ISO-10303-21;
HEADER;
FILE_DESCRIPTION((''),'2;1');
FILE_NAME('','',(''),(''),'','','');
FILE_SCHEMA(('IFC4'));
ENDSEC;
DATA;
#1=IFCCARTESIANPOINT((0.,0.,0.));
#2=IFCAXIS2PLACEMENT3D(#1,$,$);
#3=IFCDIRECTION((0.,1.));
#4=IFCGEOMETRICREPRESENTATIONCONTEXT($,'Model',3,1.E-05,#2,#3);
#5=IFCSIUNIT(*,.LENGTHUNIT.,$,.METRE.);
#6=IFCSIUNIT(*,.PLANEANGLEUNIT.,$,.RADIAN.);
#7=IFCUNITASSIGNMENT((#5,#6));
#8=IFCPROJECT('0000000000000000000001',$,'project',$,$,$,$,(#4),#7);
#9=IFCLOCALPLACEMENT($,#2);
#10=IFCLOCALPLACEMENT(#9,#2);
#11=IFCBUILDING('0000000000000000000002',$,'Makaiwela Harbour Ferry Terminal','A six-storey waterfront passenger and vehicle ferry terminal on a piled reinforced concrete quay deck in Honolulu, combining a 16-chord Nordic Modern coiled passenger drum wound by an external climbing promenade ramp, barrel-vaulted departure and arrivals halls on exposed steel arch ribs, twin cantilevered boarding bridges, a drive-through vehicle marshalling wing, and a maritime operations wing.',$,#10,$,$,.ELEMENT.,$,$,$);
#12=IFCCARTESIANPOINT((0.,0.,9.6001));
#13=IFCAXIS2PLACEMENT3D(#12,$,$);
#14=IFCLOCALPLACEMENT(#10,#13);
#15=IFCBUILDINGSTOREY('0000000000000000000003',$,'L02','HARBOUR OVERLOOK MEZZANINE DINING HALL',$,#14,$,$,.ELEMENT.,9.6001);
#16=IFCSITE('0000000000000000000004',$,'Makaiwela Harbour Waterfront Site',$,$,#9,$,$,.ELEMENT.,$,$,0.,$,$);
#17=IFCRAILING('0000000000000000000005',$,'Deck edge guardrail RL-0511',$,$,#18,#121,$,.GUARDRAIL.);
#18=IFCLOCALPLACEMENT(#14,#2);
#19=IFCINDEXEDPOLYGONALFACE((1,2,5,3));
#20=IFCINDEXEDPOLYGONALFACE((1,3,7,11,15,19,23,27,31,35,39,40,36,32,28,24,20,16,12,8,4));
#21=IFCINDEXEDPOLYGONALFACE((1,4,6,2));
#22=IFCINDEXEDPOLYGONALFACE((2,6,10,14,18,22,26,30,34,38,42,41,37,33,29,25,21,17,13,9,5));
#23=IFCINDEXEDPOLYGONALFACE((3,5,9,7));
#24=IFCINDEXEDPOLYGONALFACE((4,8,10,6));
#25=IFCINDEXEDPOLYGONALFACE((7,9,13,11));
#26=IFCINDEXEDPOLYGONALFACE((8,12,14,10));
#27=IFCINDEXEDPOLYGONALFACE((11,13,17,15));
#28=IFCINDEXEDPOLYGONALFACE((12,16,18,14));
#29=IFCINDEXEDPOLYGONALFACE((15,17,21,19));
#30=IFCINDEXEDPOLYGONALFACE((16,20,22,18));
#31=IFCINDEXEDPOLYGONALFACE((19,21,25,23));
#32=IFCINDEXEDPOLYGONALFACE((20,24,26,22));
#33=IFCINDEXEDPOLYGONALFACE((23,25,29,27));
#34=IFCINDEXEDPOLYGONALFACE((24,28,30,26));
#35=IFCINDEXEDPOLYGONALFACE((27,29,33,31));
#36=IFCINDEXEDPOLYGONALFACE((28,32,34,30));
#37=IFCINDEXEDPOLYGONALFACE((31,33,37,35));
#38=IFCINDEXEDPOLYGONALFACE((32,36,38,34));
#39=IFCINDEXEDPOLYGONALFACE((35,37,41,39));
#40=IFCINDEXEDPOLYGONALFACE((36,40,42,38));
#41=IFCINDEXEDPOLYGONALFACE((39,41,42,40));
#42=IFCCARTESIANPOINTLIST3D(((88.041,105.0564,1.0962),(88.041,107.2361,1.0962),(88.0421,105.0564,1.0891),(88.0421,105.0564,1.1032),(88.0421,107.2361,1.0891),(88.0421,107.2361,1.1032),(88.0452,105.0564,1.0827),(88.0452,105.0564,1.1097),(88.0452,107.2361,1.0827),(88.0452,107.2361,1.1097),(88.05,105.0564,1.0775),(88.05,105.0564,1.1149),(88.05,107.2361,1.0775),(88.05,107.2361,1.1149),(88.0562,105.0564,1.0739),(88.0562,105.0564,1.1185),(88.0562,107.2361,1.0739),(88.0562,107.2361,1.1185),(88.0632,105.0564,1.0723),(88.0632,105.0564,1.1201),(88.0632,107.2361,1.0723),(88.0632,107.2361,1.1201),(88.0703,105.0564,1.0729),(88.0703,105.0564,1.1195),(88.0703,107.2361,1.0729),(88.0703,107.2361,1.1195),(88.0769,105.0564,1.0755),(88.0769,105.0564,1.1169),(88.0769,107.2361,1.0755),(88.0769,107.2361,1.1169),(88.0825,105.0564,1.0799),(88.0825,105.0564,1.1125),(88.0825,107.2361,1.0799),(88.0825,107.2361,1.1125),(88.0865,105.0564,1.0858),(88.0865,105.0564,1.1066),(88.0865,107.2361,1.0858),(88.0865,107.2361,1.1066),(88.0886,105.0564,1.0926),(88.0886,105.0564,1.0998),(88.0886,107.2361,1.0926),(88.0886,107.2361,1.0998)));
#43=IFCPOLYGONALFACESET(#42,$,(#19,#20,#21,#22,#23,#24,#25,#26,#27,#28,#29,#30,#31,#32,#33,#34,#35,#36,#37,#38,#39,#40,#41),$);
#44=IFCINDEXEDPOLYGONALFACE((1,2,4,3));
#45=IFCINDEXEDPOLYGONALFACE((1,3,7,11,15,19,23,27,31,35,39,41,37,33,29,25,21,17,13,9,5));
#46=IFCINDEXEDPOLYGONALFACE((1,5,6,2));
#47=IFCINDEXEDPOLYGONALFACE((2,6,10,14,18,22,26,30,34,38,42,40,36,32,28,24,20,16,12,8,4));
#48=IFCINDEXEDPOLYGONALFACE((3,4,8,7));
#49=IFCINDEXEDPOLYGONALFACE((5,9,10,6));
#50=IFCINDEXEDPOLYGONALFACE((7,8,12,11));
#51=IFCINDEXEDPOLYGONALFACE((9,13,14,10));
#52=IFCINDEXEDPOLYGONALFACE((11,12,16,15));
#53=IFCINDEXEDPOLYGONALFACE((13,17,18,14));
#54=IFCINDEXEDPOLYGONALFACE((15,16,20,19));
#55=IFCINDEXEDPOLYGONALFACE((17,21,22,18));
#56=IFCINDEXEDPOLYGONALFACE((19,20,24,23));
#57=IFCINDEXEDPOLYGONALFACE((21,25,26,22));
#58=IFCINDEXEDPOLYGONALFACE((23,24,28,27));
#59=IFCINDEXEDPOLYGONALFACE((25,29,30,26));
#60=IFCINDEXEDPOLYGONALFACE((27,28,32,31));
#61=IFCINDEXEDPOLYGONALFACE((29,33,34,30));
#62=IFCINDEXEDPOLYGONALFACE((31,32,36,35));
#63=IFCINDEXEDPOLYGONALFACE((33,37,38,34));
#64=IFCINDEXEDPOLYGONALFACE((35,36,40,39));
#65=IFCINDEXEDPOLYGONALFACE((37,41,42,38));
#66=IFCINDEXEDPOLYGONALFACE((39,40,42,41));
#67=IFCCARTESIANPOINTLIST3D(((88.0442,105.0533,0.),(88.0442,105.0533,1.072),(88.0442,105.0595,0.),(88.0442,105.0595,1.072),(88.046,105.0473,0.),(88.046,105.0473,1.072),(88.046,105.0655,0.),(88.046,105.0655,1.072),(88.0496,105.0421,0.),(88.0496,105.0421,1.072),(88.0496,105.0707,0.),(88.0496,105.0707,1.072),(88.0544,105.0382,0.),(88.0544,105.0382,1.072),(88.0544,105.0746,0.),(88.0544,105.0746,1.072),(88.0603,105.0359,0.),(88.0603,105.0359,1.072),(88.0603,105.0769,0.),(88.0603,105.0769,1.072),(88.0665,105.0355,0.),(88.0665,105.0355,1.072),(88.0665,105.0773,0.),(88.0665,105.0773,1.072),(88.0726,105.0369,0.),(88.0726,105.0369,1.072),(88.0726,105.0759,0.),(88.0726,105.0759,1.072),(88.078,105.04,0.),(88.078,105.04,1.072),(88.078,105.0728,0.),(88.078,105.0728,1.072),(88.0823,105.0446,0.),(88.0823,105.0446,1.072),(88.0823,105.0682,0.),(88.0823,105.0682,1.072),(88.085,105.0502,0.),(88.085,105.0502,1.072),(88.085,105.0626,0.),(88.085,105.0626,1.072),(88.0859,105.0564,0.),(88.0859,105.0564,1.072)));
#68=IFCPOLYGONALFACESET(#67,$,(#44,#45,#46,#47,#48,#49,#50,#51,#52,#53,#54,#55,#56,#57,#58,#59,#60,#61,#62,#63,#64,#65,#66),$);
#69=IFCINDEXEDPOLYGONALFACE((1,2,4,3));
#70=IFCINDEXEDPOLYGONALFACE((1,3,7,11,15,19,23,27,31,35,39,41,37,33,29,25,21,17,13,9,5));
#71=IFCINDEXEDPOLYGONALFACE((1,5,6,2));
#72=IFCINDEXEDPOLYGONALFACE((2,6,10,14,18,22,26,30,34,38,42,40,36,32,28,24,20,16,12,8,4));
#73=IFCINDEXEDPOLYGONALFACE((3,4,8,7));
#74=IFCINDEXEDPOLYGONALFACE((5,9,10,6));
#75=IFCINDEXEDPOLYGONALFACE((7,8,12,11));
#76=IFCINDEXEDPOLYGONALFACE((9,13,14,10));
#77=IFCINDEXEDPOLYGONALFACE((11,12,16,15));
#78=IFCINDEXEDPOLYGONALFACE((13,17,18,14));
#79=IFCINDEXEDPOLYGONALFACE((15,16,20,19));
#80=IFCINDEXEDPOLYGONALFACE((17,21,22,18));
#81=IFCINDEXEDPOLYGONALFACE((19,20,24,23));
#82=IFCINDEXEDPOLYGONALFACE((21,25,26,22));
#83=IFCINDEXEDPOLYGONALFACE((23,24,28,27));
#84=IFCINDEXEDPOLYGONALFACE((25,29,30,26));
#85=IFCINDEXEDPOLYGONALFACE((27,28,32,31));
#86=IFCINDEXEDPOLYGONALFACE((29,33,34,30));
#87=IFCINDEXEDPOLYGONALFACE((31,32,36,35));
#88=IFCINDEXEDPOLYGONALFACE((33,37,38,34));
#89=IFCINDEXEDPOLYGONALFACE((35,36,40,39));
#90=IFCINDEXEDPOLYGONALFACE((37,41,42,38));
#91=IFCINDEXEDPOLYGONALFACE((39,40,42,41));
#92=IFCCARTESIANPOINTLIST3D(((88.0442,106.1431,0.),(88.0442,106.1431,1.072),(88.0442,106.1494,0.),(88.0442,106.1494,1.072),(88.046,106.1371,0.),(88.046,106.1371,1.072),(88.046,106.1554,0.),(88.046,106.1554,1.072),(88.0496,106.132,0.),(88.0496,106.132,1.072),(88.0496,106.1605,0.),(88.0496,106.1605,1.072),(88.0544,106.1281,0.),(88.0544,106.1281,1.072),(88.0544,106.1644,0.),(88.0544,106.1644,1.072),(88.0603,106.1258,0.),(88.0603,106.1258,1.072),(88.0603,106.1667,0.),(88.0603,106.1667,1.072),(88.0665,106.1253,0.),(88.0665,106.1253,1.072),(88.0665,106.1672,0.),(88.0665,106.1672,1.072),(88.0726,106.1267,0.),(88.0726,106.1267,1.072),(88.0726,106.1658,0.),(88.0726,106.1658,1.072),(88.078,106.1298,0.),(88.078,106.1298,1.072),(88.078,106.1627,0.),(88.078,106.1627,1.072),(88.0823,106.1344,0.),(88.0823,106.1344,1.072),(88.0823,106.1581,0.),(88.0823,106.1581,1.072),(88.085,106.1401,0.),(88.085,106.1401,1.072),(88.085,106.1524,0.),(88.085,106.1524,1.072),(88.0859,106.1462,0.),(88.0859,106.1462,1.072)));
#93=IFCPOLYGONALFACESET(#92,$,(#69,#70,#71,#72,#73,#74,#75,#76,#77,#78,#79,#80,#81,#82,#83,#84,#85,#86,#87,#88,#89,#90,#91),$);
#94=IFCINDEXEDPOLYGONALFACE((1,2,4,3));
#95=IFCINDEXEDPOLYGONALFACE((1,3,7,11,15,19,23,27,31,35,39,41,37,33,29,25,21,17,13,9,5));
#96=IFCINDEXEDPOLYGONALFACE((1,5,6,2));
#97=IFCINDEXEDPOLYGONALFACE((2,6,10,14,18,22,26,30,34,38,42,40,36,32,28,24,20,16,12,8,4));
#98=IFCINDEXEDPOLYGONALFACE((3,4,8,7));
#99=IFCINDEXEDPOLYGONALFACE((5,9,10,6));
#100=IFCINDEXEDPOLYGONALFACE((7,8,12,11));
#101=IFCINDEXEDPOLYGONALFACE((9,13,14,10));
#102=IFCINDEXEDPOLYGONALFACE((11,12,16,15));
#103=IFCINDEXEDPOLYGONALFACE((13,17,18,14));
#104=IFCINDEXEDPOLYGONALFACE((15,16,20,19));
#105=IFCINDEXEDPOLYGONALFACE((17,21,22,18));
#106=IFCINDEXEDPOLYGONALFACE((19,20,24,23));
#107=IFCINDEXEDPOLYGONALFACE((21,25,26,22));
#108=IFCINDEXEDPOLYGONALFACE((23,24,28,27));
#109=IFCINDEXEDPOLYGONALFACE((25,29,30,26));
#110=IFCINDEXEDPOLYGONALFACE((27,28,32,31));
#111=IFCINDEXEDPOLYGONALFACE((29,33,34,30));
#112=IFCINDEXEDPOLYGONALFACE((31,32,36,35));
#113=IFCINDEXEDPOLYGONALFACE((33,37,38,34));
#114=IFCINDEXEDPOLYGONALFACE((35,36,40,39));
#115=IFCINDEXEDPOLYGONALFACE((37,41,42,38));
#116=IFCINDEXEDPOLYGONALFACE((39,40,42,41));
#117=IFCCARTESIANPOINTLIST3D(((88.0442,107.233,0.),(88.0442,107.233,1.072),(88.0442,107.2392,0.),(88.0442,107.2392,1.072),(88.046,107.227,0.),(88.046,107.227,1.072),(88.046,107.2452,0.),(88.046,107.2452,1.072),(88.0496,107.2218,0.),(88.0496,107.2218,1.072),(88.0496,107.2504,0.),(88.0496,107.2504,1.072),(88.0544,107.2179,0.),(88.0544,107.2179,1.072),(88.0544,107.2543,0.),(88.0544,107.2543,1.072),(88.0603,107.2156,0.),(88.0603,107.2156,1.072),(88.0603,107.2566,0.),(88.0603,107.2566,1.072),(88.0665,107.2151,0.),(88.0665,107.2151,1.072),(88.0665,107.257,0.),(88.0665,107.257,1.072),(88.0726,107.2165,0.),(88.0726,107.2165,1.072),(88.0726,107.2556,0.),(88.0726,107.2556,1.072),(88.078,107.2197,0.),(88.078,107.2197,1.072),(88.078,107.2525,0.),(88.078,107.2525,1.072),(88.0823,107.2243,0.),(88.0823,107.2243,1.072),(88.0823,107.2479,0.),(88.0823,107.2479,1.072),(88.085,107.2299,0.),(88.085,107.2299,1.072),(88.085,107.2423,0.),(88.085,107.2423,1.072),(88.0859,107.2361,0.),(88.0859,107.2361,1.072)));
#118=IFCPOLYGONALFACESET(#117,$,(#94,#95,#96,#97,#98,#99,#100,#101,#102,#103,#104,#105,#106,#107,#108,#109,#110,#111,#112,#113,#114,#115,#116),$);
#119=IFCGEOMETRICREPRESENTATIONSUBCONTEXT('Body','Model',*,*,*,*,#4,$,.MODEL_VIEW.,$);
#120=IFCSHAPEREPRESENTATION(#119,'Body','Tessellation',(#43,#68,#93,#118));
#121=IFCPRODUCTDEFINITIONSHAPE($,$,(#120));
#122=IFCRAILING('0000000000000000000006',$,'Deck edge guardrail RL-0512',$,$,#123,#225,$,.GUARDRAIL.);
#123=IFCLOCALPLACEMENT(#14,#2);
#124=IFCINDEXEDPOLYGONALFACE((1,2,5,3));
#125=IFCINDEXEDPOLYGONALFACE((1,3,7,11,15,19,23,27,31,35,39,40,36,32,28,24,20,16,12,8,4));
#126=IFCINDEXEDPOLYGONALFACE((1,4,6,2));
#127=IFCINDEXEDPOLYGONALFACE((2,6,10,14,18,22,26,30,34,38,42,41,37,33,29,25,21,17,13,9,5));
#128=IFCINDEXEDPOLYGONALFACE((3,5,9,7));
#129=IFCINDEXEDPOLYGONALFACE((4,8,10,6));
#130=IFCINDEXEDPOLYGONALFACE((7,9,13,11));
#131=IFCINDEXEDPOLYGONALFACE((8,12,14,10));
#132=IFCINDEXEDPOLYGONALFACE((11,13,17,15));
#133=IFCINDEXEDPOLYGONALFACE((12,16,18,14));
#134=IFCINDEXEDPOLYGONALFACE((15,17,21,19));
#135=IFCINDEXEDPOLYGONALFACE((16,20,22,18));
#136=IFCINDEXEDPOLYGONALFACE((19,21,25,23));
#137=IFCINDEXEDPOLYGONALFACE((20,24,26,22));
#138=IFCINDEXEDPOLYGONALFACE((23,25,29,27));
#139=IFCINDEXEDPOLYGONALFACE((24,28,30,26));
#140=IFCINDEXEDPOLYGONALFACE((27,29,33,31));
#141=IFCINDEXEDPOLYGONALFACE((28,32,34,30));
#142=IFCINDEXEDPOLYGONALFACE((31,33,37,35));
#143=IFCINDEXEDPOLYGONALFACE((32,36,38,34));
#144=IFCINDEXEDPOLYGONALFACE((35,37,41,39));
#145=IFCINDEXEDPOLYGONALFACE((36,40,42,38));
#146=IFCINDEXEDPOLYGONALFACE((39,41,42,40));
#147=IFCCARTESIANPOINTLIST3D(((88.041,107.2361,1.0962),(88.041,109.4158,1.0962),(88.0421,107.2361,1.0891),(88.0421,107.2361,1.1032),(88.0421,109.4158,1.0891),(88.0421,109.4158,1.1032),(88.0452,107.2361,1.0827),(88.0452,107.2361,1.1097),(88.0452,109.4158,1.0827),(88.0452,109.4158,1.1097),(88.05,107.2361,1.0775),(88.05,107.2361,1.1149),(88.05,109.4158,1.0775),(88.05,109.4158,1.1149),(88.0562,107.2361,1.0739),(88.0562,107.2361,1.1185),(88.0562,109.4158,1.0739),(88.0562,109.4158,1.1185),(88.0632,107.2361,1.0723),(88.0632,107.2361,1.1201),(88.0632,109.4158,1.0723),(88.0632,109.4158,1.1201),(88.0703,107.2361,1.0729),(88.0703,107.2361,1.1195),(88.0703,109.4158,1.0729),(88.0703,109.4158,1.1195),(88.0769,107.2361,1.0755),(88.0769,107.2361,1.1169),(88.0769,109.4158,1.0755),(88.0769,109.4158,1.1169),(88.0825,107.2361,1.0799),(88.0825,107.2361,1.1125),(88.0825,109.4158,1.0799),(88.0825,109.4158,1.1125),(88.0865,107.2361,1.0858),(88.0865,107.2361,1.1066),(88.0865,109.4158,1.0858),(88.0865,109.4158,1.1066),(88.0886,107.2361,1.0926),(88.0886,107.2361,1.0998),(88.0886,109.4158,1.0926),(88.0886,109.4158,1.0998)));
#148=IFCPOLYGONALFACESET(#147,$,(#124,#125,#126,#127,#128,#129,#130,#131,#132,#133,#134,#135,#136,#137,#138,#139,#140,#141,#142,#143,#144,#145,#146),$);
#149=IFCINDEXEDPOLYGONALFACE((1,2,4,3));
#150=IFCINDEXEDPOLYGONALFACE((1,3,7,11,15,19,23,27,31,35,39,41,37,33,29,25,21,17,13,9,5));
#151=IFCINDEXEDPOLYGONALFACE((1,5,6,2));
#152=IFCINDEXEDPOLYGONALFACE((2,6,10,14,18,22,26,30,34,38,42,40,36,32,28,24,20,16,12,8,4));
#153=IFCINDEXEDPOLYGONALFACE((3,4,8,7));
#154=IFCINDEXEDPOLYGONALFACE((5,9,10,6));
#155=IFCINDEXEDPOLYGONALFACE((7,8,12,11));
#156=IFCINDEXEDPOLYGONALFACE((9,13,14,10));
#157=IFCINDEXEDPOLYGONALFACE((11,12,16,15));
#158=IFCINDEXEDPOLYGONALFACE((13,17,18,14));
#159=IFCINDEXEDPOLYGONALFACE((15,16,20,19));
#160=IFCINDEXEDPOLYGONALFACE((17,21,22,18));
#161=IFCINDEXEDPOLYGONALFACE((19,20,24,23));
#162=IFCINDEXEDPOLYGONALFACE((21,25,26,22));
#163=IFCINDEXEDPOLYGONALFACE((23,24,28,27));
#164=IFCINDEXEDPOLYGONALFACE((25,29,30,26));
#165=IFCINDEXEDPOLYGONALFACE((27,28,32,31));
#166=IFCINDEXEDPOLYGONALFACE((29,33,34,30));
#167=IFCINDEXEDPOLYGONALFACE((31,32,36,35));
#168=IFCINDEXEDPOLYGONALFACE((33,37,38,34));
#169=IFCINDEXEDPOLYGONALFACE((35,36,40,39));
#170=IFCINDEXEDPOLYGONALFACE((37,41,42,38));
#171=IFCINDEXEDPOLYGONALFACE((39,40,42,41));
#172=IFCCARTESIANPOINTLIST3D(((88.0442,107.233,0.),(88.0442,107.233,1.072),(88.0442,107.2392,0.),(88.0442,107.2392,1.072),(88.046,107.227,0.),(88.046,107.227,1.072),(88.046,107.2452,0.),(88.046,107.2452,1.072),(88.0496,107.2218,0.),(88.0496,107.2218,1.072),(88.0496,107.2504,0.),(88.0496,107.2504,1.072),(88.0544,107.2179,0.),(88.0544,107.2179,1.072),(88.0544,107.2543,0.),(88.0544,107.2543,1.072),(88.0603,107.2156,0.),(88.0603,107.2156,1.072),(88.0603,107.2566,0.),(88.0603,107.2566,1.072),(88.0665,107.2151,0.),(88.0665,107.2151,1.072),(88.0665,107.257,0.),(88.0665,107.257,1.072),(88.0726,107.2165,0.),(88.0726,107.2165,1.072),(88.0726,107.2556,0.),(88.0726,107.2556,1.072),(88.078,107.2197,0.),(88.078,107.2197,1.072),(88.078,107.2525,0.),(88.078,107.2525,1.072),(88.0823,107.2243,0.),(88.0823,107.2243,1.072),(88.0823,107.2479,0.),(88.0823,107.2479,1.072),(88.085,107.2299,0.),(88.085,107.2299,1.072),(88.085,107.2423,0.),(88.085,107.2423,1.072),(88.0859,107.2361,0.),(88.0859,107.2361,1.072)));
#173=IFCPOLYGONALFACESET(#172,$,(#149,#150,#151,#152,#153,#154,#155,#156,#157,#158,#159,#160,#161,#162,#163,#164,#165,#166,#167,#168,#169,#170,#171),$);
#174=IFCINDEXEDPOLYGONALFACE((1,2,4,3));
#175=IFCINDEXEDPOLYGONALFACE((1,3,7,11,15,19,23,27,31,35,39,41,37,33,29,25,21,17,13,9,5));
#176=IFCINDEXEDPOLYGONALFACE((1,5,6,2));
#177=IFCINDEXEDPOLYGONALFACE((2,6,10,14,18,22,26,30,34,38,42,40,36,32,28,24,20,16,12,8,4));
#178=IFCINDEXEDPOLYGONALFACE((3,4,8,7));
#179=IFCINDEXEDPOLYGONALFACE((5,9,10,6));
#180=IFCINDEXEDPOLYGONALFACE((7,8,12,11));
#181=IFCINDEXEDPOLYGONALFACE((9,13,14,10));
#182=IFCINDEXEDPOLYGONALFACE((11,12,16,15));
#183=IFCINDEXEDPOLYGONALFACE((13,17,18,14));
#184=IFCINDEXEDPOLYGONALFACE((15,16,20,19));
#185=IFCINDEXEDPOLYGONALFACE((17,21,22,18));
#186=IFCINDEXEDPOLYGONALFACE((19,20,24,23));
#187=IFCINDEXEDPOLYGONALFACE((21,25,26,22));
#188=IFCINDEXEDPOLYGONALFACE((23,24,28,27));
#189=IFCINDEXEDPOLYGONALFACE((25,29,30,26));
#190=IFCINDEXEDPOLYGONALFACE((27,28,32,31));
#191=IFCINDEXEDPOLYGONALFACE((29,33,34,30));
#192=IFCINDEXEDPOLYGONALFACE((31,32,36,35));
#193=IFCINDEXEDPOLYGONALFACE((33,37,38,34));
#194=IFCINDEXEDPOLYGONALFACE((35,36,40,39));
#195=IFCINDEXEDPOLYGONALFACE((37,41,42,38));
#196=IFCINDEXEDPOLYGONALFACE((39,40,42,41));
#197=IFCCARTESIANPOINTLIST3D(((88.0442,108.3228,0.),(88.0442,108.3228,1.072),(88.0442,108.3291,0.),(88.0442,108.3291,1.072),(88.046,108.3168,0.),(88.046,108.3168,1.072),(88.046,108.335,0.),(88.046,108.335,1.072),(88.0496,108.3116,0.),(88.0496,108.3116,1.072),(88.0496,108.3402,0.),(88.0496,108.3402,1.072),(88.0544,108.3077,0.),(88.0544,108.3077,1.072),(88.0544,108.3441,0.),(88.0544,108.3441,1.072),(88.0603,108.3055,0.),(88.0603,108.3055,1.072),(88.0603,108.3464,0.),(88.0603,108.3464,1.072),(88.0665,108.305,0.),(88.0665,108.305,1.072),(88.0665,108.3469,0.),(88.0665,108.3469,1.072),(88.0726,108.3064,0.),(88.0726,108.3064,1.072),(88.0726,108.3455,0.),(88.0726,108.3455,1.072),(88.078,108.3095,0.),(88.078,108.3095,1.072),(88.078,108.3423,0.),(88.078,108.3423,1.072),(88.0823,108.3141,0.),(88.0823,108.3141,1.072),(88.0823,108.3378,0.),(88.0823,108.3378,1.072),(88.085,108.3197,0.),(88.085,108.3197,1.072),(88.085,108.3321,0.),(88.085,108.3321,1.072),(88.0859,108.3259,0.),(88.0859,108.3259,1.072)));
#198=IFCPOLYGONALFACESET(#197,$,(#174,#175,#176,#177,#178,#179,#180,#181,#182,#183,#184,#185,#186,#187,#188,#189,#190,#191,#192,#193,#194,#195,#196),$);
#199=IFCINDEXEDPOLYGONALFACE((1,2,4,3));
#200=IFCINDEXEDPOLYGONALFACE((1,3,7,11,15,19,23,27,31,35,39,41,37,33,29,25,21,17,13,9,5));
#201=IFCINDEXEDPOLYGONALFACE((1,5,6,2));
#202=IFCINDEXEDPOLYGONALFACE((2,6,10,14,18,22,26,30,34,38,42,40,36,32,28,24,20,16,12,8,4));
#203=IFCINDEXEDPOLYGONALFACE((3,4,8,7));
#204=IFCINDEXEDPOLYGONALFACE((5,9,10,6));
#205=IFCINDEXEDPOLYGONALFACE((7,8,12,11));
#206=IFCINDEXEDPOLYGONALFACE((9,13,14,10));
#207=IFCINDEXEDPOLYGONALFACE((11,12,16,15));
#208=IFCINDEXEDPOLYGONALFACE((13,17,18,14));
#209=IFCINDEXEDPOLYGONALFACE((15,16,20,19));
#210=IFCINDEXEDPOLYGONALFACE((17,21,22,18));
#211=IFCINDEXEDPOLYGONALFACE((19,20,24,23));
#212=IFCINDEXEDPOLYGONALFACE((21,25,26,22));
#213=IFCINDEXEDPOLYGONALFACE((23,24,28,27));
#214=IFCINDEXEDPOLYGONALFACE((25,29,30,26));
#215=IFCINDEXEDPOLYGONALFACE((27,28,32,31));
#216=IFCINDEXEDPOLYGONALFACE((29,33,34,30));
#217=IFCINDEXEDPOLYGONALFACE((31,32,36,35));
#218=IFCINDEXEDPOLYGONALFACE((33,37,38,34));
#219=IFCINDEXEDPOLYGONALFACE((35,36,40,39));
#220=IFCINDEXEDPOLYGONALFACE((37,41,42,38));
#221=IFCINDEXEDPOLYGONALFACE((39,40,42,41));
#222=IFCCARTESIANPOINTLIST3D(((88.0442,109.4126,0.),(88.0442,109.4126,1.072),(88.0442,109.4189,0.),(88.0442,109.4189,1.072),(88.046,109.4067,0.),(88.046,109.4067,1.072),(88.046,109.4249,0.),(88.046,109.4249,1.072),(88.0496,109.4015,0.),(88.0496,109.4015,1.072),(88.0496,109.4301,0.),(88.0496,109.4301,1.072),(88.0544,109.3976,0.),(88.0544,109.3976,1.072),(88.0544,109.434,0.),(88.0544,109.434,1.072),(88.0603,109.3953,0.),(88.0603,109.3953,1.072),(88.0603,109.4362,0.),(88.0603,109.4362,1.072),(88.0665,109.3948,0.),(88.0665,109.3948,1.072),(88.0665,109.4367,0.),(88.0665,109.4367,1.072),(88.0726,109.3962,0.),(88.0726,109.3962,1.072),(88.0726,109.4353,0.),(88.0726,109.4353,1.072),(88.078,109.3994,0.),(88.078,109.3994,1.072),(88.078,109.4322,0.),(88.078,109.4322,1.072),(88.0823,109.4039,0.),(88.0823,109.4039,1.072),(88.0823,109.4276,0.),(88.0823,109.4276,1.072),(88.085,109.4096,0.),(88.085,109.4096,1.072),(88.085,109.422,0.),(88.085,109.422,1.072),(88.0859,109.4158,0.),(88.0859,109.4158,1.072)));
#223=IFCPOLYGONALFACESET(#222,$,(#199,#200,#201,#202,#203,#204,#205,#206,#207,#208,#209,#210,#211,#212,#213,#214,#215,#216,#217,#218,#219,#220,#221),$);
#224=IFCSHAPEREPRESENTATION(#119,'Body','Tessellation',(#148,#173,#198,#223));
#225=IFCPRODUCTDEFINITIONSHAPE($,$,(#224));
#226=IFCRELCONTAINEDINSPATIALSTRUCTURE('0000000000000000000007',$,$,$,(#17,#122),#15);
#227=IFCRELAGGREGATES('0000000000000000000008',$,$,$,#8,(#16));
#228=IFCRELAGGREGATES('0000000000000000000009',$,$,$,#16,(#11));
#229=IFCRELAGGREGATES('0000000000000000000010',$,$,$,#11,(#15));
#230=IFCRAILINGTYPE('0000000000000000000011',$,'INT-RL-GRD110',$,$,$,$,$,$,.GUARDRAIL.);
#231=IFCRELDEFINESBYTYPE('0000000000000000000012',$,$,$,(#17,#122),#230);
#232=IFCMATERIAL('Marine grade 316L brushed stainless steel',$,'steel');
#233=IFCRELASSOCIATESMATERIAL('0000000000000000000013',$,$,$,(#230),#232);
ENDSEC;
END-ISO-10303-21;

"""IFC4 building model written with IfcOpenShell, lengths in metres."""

from ifc_helpers import new_model, si_unit, direction, frame, origin, origin_2d, place, context, subcontext, project, spatial, circle, extrude, material, type_object, element, save


model = new_model("IFC4")

# Units and contexts
model_context = context("Model", 3, precision=1e-05, world=origin(), true_north=direction((0.0, 1.0)))
body_context = subcontext(model_context, "Body", "Model", "MODEL_VIEW")
ifc_project = project(units=[si_unit("LENGTHUNIT", "METRE"), si_unit("PLANEANGLEUNIT", "RADIAN")], contexts=[model_context])

# Site, building, storey
site_placement = place(None, origin())
site = spatial("IfcSite", under=ifc_project, at=site_placement, Name="Makaiwela Harbour Waterfront Site", CompositionType="ELEMENT", RefElevation=0.0)
building_placement = place(site_placement, origin())
building = spatial("IfcBuilding", under=site, at=building_placement, Name="Makaiwela Harbour Ferry Terminal", Description="A six-storey waterfront passenger and vehicle ferry terminal on a piled reinforced concrete quay deck in Honolulu, combining a 16-chord Nordic Modern coiled passenger drum wound by an external climbing promenade ramp, barrel-vaulted departure and arrivals halls on exposed steel arch ribs, twin cantilevered boarding bridges, a drive-through vehicle marshalling wing, and a maritime operations wing.", CompositionType="ELEMENT")
storey_placement = place(building_placement, frame((0.0, 0.0, 9.6001)))
storey = spatial("IfcBuildingStorey", under=building, at=storey_placement, Name="L02", Description="HARBOUR OVERLOOK MEZZANINE DINING HALL", CompositionType="ELEMENT", Elevation=9.6001)

# Railings
ifc_material_1 = material(Name="Marine grade 316L brushed stainless steel", Category="steel")
railing_type = type_object("IfcRailingType", Name="INT-RL-GRD110", PredefinedType="GUARDRAIL", material=ifc_material_1)
for number, where, name in (
    (1, (88.0649, 105.0564, 0.0), "Deck edge guardrail RL-0511"),
    (2, (88.0649, 107.2361, 0.0), "Deck edge guardrail RL-0512"),
):
    element("IfcRailing", number, at=place(storey_placement, frame(where)), inside=storey, type_object=railing_type, Name=name, PredefinedType="GUARDRAIL", context=body_context, shape_type="SweptSolid", body=[
        extrude(circle(Radius=0.0239, at=origin_2d()), frame((0.0, 0.0, 1.0962), z_axis=(0.0, 1.0, 0.0), x_axis=(-1.0, 0.0, 0.0)), (0.0, 0.0, 1.0), 2.1797),
        extrude(circle(Radius=0.021, at=origin_2d()), origin(), (0.0, 0.0, 1.0), 1.072),
        extrude(circle(Radius=0.021, at=origin_2d()), frame((0.0, 1.0898, 0.0)), (0.0, 0.0, 1.0), 1.072),
        extrude(circle(Radius=0.021, at=origin_2d()), frame((0.0, 2.1797, 0.0)), (0.0, 0.0, 1.0), 1.072),
    ])

save(model, "model.ifc")
